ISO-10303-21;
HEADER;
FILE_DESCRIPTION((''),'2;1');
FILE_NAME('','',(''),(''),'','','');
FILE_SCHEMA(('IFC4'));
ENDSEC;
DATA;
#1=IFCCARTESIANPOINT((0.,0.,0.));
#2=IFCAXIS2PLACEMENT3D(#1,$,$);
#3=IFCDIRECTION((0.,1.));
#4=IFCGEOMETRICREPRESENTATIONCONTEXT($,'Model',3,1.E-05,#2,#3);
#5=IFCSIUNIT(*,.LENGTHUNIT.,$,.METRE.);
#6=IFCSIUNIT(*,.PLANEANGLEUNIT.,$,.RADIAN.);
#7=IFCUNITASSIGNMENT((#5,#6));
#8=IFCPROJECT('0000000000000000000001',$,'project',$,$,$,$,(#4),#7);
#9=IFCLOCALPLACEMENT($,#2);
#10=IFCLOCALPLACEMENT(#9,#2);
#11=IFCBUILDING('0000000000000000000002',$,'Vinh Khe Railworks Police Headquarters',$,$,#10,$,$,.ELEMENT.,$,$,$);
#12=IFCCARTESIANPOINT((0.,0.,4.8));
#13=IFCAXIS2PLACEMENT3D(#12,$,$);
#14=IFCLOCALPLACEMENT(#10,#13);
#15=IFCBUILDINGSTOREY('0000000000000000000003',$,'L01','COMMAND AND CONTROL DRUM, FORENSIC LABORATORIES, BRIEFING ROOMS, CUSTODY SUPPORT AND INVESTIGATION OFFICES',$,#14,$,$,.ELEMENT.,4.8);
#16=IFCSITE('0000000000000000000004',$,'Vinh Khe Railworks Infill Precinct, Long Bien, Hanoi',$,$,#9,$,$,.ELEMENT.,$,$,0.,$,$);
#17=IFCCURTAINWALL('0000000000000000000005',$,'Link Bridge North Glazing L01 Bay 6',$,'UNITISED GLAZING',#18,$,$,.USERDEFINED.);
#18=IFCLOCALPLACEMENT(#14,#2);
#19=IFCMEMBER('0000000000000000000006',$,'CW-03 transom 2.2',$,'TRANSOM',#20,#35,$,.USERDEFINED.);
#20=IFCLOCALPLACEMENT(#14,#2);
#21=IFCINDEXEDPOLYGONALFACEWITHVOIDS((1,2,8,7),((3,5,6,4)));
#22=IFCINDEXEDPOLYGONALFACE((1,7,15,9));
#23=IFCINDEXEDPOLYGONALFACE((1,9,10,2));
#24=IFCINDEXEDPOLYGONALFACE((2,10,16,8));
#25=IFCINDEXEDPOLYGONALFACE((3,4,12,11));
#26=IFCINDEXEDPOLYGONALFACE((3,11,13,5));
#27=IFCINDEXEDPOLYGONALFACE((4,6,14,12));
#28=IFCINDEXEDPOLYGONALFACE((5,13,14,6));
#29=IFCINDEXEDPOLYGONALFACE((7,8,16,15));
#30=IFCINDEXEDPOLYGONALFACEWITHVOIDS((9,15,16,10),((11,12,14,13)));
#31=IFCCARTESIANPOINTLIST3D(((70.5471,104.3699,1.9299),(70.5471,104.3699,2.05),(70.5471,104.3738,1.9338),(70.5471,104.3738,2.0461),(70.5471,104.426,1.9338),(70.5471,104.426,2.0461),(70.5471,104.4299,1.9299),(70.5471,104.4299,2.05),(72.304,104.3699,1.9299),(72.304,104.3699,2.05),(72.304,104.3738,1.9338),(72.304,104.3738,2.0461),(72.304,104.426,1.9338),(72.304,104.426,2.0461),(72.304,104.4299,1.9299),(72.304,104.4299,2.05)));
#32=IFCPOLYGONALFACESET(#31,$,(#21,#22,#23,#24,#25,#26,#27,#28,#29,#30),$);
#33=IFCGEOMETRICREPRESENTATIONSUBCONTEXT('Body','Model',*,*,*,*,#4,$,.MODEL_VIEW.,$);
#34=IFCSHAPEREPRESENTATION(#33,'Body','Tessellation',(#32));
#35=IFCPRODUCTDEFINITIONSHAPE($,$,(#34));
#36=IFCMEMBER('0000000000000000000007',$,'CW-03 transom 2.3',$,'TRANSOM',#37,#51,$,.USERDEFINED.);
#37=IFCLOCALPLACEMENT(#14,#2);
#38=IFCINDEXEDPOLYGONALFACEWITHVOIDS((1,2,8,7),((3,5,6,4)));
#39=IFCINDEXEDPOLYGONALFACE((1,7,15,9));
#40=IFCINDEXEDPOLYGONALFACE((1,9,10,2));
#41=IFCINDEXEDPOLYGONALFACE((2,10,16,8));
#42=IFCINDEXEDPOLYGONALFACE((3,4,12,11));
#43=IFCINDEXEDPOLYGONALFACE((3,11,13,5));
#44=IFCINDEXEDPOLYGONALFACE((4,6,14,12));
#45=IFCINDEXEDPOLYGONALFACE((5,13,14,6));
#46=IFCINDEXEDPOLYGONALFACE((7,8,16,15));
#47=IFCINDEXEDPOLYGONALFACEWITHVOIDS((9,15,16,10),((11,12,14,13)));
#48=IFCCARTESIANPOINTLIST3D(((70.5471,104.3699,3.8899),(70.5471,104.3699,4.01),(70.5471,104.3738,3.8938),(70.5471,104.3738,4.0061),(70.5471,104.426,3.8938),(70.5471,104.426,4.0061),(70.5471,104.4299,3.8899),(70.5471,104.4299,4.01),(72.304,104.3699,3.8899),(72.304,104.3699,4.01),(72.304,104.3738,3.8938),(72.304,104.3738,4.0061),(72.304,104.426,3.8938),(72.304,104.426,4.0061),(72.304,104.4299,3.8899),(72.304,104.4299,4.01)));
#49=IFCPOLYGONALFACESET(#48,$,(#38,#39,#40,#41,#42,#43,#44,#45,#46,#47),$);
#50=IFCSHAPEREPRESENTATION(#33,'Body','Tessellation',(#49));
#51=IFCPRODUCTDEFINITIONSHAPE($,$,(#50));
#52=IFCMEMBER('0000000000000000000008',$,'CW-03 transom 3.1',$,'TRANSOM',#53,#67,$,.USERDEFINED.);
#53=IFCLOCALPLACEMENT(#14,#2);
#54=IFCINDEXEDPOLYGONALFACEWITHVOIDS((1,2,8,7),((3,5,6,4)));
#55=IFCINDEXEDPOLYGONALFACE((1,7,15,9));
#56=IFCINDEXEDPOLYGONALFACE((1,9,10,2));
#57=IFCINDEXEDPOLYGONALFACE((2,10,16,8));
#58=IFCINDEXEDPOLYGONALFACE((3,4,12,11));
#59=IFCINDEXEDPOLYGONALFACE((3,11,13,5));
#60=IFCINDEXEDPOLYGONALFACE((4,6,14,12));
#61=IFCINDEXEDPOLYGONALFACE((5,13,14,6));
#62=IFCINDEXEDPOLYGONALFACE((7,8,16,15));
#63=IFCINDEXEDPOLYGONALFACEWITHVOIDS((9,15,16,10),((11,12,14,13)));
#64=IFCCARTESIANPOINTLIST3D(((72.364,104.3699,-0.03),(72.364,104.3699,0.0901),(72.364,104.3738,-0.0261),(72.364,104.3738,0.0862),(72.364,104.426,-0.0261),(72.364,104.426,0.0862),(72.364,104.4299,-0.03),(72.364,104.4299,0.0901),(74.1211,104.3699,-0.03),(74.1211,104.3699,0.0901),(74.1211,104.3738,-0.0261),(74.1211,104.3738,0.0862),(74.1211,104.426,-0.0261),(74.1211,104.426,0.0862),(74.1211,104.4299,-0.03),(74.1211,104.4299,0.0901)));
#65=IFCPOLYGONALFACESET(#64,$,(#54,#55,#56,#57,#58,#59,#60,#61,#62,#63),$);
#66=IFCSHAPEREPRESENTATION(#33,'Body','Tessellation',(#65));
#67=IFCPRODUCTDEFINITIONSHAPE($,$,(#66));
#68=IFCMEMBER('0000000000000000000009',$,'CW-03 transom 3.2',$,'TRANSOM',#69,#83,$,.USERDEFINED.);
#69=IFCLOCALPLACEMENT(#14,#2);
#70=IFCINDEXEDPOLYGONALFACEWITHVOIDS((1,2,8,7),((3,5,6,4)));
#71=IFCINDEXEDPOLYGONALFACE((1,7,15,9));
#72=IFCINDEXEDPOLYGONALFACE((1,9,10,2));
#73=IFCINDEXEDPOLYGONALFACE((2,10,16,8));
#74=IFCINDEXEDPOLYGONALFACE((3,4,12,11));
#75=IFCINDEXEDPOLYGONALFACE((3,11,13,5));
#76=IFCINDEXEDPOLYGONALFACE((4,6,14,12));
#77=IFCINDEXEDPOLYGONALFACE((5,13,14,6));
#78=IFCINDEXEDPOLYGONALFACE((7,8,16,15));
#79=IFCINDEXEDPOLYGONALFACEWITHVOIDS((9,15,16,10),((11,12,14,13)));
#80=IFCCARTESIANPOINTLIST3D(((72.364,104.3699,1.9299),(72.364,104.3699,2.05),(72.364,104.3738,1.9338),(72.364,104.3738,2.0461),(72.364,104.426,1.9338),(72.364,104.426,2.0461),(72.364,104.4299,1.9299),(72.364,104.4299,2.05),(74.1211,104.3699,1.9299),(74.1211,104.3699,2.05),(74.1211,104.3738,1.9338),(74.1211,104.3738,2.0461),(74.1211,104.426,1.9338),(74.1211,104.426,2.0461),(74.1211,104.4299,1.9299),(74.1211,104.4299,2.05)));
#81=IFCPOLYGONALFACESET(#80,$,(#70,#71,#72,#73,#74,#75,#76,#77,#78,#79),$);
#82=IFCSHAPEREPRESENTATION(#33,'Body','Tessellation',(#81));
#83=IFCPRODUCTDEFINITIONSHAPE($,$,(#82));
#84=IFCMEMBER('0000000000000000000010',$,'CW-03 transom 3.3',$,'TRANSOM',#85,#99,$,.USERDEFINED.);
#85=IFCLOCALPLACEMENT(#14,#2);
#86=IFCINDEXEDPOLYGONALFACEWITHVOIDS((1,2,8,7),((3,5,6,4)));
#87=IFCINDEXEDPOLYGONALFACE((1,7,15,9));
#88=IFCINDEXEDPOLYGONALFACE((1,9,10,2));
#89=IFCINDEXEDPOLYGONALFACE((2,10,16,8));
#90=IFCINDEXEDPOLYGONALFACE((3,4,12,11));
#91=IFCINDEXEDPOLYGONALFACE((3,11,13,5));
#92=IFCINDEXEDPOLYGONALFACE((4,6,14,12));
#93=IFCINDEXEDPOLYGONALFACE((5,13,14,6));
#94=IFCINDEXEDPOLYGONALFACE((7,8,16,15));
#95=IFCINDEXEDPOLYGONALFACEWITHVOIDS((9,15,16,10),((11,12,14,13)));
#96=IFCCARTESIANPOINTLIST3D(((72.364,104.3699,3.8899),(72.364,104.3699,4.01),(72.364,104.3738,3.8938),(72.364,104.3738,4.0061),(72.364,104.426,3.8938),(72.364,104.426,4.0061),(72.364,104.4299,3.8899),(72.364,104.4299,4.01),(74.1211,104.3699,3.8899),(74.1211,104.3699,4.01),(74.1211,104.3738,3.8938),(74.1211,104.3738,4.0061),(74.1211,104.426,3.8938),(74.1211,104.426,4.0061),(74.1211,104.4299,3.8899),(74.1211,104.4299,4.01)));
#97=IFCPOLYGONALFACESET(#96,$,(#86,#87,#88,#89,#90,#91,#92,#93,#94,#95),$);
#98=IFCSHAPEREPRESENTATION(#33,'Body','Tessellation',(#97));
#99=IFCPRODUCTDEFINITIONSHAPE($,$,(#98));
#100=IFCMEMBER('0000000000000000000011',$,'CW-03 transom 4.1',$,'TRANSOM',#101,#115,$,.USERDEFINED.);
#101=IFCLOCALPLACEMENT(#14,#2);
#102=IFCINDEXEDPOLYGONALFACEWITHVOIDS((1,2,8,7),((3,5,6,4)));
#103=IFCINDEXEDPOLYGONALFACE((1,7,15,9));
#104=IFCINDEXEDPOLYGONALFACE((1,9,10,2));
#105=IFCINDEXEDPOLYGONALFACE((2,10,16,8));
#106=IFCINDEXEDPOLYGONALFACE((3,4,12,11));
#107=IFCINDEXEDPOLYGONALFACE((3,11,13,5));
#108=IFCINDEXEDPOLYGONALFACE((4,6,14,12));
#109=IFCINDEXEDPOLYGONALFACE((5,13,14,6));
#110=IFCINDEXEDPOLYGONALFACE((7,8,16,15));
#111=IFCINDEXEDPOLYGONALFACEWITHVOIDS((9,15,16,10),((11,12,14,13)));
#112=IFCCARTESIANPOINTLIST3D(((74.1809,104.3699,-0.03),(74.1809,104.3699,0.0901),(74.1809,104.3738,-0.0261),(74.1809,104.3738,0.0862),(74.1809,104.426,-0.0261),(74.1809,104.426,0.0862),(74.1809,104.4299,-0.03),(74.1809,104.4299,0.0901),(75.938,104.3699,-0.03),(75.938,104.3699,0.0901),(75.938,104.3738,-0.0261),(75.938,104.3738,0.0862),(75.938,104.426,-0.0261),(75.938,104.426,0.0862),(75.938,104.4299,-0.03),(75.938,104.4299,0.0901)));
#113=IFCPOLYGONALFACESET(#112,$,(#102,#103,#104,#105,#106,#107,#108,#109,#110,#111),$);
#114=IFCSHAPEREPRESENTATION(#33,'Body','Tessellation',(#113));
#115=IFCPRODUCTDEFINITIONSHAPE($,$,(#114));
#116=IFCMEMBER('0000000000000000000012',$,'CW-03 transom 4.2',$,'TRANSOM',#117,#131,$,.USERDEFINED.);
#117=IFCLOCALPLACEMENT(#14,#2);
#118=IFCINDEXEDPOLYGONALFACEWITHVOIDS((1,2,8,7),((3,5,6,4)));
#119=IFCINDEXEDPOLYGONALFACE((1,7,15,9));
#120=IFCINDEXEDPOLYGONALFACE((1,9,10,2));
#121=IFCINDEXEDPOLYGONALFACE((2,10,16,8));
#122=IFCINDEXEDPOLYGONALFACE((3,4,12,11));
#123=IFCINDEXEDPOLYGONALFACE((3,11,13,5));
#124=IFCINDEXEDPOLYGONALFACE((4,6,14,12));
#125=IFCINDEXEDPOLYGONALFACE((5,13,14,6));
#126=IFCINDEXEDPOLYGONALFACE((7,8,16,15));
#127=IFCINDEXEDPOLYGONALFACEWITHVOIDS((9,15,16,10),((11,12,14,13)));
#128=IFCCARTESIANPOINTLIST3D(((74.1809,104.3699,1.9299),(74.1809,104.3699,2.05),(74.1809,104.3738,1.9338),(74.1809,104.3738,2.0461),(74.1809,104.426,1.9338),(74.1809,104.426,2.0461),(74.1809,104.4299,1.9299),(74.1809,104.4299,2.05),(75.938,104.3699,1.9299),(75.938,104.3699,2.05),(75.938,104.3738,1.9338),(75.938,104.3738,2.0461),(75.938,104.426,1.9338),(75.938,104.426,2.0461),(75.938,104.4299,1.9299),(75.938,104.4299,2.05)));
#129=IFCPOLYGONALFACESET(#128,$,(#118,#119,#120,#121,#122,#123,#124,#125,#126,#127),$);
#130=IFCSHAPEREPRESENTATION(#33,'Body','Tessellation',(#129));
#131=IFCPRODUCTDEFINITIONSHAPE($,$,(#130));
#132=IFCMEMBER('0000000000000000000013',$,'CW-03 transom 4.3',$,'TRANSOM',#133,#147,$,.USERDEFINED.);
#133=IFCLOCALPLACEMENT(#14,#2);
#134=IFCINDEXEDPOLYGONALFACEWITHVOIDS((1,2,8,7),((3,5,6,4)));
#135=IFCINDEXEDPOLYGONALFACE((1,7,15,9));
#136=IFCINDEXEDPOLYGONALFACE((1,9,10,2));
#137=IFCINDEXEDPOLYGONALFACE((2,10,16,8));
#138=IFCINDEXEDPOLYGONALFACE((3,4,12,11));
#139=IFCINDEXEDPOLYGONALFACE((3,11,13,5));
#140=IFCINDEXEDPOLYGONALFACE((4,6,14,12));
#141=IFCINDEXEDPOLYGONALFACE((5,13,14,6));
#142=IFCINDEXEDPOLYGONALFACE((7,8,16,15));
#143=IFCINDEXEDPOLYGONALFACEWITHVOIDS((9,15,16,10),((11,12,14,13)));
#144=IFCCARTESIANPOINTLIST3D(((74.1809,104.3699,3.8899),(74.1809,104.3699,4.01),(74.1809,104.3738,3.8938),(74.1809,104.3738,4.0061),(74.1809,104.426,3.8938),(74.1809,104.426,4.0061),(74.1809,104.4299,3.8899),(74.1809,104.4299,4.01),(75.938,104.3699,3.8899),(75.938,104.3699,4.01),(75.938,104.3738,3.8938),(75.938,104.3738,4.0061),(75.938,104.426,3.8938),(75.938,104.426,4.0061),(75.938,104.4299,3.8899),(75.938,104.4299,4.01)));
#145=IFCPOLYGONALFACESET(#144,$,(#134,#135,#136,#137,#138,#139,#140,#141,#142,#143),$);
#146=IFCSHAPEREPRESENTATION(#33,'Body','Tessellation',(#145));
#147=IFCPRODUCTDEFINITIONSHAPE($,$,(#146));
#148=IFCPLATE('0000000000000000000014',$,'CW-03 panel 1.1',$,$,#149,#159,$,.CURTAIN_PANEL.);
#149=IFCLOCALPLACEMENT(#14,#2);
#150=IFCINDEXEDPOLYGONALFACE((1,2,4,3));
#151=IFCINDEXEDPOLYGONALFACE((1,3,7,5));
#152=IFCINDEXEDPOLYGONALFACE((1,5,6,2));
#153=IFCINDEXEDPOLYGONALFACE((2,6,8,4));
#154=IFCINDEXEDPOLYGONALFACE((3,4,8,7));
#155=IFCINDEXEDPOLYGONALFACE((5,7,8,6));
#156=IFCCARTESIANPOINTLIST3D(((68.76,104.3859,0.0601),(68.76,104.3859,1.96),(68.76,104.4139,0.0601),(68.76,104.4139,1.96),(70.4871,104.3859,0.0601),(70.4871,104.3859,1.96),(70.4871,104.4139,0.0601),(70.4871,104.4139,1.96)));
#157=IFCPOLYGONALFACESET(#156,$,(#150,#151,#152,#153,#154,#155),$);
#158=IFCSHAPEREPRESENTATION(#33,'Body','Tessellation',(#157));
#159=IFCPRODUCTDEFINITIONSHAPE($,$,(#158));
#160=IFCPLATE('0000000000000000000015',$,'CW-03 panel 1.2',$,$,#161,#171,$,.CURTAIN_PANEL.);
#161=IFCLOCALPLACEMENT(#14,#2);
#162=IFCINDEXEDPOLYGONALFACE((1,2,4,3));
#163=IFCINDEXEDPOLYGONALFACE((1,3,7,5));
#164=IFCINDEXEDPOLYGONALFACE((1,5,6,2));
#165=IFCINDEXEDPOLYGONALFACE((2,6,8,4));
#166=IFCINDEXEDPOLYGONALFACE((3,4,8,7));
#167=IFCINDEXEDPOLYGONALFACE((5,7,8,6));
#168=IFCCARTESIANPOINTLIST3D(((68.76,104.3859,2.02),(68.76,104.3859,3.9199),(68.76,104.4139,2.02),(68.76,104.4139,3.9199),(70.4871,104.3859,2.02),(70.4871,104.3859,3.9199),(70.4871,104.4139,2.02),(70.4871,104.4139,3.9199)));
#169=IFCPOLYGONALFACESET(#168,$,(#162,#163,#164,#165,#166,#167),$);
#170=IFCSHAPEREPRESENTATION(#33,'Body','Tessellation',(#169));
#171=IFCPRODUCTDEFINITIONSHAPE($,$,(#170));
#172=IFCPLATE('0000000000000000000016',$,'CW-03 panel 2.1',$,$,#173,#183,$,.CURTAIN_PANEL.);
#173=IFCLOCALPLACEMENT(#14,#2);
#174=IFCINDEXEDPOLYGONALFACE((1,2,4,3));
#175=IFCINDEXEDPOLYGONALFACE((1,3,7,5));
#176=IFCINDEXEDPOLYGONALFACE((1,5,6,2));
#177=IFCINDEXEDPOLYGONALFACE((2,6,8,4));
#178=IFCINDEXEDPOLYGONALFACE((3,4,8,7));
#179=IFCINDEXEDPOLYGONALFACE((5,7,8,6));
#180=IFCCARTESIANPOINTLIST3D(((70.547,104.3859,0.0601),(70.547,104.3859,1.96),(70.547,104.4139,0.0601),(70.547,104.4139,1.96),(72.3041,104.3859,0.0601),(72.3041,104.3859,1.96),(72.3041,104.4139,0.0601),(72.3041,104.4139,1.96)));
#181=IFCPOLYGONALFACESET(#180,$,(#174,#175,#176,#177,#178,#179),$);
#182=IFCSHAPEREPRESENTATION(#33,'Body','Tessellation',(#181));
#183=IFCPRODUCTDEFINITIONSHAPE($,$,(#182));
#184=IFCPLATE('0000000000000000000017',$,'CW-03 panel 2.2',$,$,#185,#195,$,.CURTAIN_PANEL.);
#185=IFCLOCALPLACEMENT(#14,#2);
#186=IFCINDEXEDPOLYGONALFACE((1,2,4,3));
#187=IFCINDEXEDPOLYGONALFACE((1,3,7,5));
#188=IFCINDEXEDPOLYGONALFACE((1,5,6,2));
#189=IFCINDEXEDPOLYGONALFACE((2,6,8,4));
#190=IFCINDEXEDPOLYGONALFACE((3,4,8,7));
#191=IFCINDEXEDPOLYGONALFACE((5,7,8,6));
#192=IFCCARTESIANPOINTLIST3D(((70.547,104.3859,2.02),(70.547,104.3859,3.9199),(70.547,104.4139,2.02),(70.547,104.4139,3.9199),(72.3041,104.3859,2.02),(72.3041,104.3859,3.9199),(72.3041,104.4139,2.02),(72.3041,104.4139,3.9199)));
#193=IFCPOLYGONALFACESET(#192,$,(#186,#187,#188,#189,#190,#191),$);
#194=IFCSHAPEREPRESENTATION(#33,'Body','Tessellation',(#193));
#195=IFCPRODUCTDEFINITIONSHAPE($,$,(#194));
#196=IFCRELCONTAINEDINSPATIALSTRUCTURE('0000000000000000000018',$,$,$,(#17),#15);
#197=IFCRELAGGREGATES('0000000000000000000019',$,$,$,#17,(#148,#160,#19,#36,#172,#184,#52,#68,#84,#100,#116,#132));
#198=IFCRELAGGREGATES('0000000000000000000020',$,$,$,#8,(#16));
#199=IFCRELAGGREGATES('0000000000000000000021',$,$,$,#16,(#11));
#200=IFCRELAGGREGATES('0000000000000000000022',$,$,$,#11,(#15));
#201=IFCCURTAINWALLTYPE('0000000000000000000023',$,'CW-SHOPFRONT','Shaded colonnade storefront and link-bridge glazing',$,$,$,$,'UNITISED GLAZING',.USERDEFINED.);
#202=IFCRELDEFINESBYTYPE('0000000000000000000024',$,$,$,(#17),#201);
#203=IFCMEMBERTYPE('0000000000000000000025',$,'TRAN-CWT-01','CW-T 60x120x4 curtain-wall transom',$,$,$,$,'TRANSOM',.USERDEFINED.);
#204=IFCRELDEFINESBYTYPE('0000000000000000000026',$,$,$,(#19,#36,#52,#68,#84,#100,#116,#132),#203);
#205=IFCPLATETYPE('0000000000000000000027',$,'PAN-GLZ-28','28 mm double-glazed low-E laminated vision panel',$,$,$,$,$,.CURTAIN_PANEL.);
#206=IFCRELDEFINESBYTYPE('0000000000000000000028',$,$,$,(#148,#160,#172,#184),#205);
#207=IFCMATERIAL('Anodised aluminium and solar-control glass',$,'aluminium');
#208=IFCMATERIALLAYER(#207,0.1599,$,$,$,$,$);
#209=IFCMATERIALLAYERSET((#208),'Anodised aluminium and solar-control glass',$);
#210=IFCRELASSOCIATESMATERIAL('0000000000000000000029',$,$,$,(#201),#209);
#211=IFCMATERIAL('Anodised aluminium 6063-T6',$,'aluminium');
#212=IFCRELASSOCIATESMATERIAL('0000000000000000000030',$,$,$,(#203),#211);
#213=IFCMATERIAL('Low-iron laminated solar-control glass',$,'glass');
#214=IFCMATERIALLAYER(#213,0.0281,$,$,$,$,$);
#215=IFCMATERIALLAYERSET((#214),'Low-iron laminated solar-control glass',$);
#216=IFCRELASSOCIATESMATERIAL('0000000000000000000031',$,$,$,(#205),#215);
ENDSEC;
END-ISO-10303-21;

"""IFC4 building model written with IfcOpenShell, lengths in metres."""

from ifc_helpers import new_model, si_unit, direction, frame, origin, origin_2d, place, context, subcontext, project, spatial, rectangle, hollow_rectangle, extrude, material, layer, layer_set, material_profile, profile_set, type_object, element, aggregate, save


model = new_model("IFC4")

# Units and contexts
model_context = context("Model", 3, precision=1e-05, world=origin(), true_north=direction((0.0, 1.0)))
body_context = subcontext(model_context, "Body", "Model", "MODEL_VIEW")
ifc_project = project(units=[si_unit("LENGTHUNIT", "METRE"), si_unit("PLANEANGLEUNIT", "RADIAN")], contexts=[model_context])

# Site, building, storey
site_placement = place(None, origin())
site = spatial("IfcSite", under=ifc_project, at=site_placement, Name="Vinh Khe Railworks Infill Precinct, Long Bien, Hanoi", CompositionType="ELEMENT", RefElevation=0.0)
building_placement = place(site_placement, origin())
building = spatial("IfcBuilding", under=site, at=building_placement, Name="Vinh Khe Railworks Police Headquarters", CompositionType="ELEMENT")
storey_placement = place(building_placement, frame((0.0, 0.0, 4.8)))
storey = spatial("IfcBuildingStorey", under=building, at=storey_placement, Name="L01", Description="COMMAND AND CONTROL DRUM, FORENSIC LABORATORIES, BRIEFING ROOMS, CUSTODY SUPPORT AND INVESTIGATION OFFICES", CompositionType="ELEMENT", Elevation=4.8)

# Curtain wall
ifc_material_1 = material(Name="Anodised aluminium and solar-control glass", Category="aluminium")
ifc_layer_1 = layer(ifc_material_1, 0.1599)
ifc_layer_set_1 = layer_set([ifc_layer_1], Name="Anodised aluminium and solar-control glass")
curtain_wall_type = type_object("IfcCurtainWallType", Name="CW-SHOPFRONT", Description="Shaded colonnade storefront and link-bridge glazing", ElementType="UNITISED GLAZING", PredefinedType="USERDEFINED", material=ifc_layer_set_1)
curtain_wall_placement = place(storey_placement, origin())
curtain_wall = element("IfcCurtainWall", 1, at=curtain_wall_placement, inside=storey, type_object=curtain_wall_type, Name="Link Bridge North Glazing L01 Bay 6", ObjectType="UNITISED GLAZING", PredefinedType="USERDEFINED")
ifc_material_2 = material(Name="Anodised aluminium 6063-T6", Category="aluminium")

# Members
ifc_material_profile_1 = material_profile(ifc_material_2, hollow_rectangle(XDim=0.0601, YDim=0.1201, WallThickness=0.0039, at=origin_2d()), Name="CW-T 60x120x4")
ifc_profile_set_1 = profile_set([ifc_material_profile_1], Name="Anodised aluminium 6063-T6")
member_type_1 = type_object("IfcMemberType", Name="TRAN-CWT-01", Description="CW-T 60x120x4 curtain-wall transom", ElementType="TRANSOM", PredefinedType="USERDEFINED", material=ifc_profile_set_1)
member_1_placement = place(storey_placement, frame((70.5471, 104.3999, 1.99), z_axis=(1.0, 0.0, 0.0), x_axis=(0.0, 1.0, 0.0)))
member_1 = element("IfcMember", 2, at=member_1_placement, type_object=member_type_1, Name="CW-03 transom 2.2", ObjectType="TRANSOM", PredefinedType="USERDEFINED", context=body_context, shape_type="SweptSolid", body=[
    extrude(hollow_rectangle(XDim=0.0601, YDim=0.1201, WallThickness=0.0039, at=origin_2d()), origin(), (0.0, 0.0, 1.0), 1.7568),
])
member_2_placement = place(storey_placement, frame((70.5471, 104.3999, 3.95), z_axis=(1.0, 0.0, 0.0), x_axis=(0.0, 1.0, 0.0)))
member_2 = element("IfcMember", 3, at=member_2_placement, type_object=member_type_1, Name="CW-03 transom 2.3", ObjectType="TRANSOM", PredefinedType="USERDEFINED", context=body_context, shape_type="SweptSolid", body=[
    extrude(hollow_rectangle(XDim=0.0601, YDim=0.1201, WallThickness=0.0039, at=origin_2d()), origin(), (0.0, 0.0, 1.0), 1.7568),
])
member_3_placement = place(storey_placement, frame((72.364, 104.3999, 0.03), z_axis=(1.0, 0.0, 0.0), x_axis=(0.0, 1.0, 0.0)))
member_3 = element("IfcMember", 4, at=member_3_placement, type_object=member_type_1, Name="CW-03 transom 3.1", ObjectType="TRANSOM", PredefinedType="USERDEFINED", context=body_context, shape_type="SweptSolid", body=[
    extrude(hollow_rectangle(XDim=0.0601, YDim=0.1201, WallThickness=0.0039, at=origin_2d()), origin(), (0.0, 0.0, 1.0), 1.7571),
])
member_4_placement = place(storey_placement, frame((72.364, 104.3999, 1.99), z_axis=(1.0, 0.0, 0.0), x_axis=(0.0, 1.0, 0.0)))
member_4 = element("IfcMember", 5, at=member_4_placement, type_object=member_type_1, Name="CW-03 transom 3.2", ObjectType="TRANSOM", PredefinedType="USERDEFINED", context=body_context, shape_type="SweptSolid", body=[
    extrude(hollow_rectangle(XDim=0.0601, YDim=0.1201, WallThickness=0.0039, at=origin_2d()), origin(), (0.0, 0.0, 1.0), 1.7571),
])
member_5_placement = place(storey_placement, frame((72.364, 104.3999, 3.95), z_axis=(1.0, 0.0, 0.0), x_axis=(0.0, 1.0, 0.0)))
member_5 = element("IfcMember", 6, at=member_5_placement, type_object=member_type_1, Name="CW-03 transom 3.3", ObjectType="TRANSOM", PredefinedType="USERDEFINED", context=body_context, shape_type="SweptSolid", body=[
    extrude(hollow_rectangle(XDim=0.0601, YDim=0.1201, WallThickness=0.0039, at=origin_2d()), origin(), (0.0, 0.0, 1.0), 1.7571),
])
member_6_placement = place(storey_placement, frame((74.1809, 104.3999, 0.03), z_axis=(1.0, 0.0, 0.0), x_axis=(0.0, 1.0, 0.0)))
member_6 = element("IfcMember", 7, at=member_6_placement, type_object=member_type_1, Name="CW-03 transom 4.1", ObjectType="TRANSOM", PredefinedType="USERDEFINED", context=body_context, shape_type="SweptSolid", body=[
    extrude(hollow_rectangle(XDim=0.0601, YDim=0.1201, WallThickness=0.0039, at=origin_2d()), origin(), (0.0, 0.0, 1.0), 1.7571),
])
member_7_placement = place(storey_placement, frame((74.1809, 104.3999, 1.99), z_axis=(1.0, 0.0, 0.0), x_axis=(0.0, 1.0, 0.0)))
member_7 = element("IfcMember", 8, at=member_7_placement, type_object=member_type_1, Name="CW-03 transom 4.2", ObjectType="TRANSOM", PredefinedType="USERDEFINED", context=body_context, shape_type="SweptSolid", body=[
    extrude(hollow_rectangle(XDim=0.0601, YDim=0.1201, WallThickness=0.0039, at=origin_2d()), origin(), (0.0, 0.0, 1.0), 1.7571),
])
member_8_placement = place(storey_placement, frame((74.1809, 104.3999, 3.95), z_axis=(1.0, 0.0, 0.0), x_axis=(0.0, 1.0, 0.0)))
member_8 = element("IfcMember", 9, at=member_8_placement, type_object=member_type_1, Name="CW-03 transom 4.3", ObjectType="TRANSOM", PredefinedType="USERDEFINED", context=body_context, shape_type="SweptSolid", body=[
    extrude(hollow_rectangle(XDim=0.0601, YDim=0.1201, WallThickness=0.0039, at=origin_2d()), origin(), (0.0, 0.0, 1.0), 1.7571),
])

# Plates
ifc_material_3 = material(Name="Low-iron laminated solar-control glass", Category="glass")
ifc_layer_2 = layer(ifc_material_3, 0.0281)
ifc_layer_set_2 = layer_set([ifc_layer_2], Name="Low-iron laminated solar-control glass")
plate_type = type_object("IfcPlateType", Name="PAN-GLZ-28", Description="28 mm double-glazed low-E laminated vision panel", PredefinedType="CURTAIN_PANEL", material=ifc_layer_set_2)
plate_1_placement = place(storey_placement, frame((69.6235, 104.3999, 0.0601), z_axis=(0.0, 0.0, 1.0), x_axis=(1.0, 0.0, 0.0)))
plate_1 = element("IfcPlate", 10, at=plate_1_placement, type_object=plate_type, Name="CW-03 panel 1.1", PredefinedType="CURTAIN_PANEL", context=body_context, shape_type="SweptSolid", body=[
    extrude(rectangle(XDim=1.7271, YDim=0.0281, at=origin_2d()), origin(), (0.0, 0.0, 1.0), 1.8999),
])
plate_2_placement = place(storey_placement, frame((69.6235, 104.3999, 2.02), z_axis=(0.0, 0.0, 1.0), x_axis=(1.0, 0.0, 0.0)))
plate_2 = element("IfcPlate", 11, at=plate_2_placement, type_object=plate_type, Name="CW-03 panel 1.2", PredefinedType="CURTAIN_PANEL", context=body_context, shape_type="SweptSolid", body=[
    extrude(rectangle(XDim=1.7271, YDim=0.0281, at=origin_2d()), origin(), (0.0, 0.0, 1.0), 1.8999),
])
plate_3_placement = place(storey_placement, frame((71.4255, 104.3999, 0.0601), z_axis=(0.0, 0.0, 1.0), x_axis=(1.0, 0.0, 0.0)))
plate_3 = element("IfcPlate", 12, at=plate_3_placement, type_object=plate_type, Name="CW-03 panel 2.1", PredefinedType="CURTAIN_PANEL", context=body_context, shape_type="SweptSolid", body=[
    extrude(rectangle(XDim=1.7571, YDim=0.0281, at=origin_2d()), origin(), (0.0, 0.0, 1.0), 1.8999),
])
plate_4_placement = place(storey_placement, frame((71.4255, 104.3999, 2.02), z_axis=(0.0, 0.0, 1.0), x_axis=(1.0, 0.0, 0.0)))
plate_4 = element("IfcPlate", 13, at=plate_4_placement, type_object=plate_type, Name="CW-03 panel 2.2", PredefinedType="CURTAIN_PANEL", context=body_context, shape_type="SweptSolid", body=[
    extrude(rectangle(XDim=1.7571, YDim=0.0281, at=origin_2d()), origin(), (0.0, 0.0, 1.0), 1.8999),
])
aggregate(curtain_wall, [plate_1, plate_2, member_1, member_2, plate_3, plate_4, member_3, member_4, member_5, member_6, member_7, member_8])

save(model, "model.ifc")
